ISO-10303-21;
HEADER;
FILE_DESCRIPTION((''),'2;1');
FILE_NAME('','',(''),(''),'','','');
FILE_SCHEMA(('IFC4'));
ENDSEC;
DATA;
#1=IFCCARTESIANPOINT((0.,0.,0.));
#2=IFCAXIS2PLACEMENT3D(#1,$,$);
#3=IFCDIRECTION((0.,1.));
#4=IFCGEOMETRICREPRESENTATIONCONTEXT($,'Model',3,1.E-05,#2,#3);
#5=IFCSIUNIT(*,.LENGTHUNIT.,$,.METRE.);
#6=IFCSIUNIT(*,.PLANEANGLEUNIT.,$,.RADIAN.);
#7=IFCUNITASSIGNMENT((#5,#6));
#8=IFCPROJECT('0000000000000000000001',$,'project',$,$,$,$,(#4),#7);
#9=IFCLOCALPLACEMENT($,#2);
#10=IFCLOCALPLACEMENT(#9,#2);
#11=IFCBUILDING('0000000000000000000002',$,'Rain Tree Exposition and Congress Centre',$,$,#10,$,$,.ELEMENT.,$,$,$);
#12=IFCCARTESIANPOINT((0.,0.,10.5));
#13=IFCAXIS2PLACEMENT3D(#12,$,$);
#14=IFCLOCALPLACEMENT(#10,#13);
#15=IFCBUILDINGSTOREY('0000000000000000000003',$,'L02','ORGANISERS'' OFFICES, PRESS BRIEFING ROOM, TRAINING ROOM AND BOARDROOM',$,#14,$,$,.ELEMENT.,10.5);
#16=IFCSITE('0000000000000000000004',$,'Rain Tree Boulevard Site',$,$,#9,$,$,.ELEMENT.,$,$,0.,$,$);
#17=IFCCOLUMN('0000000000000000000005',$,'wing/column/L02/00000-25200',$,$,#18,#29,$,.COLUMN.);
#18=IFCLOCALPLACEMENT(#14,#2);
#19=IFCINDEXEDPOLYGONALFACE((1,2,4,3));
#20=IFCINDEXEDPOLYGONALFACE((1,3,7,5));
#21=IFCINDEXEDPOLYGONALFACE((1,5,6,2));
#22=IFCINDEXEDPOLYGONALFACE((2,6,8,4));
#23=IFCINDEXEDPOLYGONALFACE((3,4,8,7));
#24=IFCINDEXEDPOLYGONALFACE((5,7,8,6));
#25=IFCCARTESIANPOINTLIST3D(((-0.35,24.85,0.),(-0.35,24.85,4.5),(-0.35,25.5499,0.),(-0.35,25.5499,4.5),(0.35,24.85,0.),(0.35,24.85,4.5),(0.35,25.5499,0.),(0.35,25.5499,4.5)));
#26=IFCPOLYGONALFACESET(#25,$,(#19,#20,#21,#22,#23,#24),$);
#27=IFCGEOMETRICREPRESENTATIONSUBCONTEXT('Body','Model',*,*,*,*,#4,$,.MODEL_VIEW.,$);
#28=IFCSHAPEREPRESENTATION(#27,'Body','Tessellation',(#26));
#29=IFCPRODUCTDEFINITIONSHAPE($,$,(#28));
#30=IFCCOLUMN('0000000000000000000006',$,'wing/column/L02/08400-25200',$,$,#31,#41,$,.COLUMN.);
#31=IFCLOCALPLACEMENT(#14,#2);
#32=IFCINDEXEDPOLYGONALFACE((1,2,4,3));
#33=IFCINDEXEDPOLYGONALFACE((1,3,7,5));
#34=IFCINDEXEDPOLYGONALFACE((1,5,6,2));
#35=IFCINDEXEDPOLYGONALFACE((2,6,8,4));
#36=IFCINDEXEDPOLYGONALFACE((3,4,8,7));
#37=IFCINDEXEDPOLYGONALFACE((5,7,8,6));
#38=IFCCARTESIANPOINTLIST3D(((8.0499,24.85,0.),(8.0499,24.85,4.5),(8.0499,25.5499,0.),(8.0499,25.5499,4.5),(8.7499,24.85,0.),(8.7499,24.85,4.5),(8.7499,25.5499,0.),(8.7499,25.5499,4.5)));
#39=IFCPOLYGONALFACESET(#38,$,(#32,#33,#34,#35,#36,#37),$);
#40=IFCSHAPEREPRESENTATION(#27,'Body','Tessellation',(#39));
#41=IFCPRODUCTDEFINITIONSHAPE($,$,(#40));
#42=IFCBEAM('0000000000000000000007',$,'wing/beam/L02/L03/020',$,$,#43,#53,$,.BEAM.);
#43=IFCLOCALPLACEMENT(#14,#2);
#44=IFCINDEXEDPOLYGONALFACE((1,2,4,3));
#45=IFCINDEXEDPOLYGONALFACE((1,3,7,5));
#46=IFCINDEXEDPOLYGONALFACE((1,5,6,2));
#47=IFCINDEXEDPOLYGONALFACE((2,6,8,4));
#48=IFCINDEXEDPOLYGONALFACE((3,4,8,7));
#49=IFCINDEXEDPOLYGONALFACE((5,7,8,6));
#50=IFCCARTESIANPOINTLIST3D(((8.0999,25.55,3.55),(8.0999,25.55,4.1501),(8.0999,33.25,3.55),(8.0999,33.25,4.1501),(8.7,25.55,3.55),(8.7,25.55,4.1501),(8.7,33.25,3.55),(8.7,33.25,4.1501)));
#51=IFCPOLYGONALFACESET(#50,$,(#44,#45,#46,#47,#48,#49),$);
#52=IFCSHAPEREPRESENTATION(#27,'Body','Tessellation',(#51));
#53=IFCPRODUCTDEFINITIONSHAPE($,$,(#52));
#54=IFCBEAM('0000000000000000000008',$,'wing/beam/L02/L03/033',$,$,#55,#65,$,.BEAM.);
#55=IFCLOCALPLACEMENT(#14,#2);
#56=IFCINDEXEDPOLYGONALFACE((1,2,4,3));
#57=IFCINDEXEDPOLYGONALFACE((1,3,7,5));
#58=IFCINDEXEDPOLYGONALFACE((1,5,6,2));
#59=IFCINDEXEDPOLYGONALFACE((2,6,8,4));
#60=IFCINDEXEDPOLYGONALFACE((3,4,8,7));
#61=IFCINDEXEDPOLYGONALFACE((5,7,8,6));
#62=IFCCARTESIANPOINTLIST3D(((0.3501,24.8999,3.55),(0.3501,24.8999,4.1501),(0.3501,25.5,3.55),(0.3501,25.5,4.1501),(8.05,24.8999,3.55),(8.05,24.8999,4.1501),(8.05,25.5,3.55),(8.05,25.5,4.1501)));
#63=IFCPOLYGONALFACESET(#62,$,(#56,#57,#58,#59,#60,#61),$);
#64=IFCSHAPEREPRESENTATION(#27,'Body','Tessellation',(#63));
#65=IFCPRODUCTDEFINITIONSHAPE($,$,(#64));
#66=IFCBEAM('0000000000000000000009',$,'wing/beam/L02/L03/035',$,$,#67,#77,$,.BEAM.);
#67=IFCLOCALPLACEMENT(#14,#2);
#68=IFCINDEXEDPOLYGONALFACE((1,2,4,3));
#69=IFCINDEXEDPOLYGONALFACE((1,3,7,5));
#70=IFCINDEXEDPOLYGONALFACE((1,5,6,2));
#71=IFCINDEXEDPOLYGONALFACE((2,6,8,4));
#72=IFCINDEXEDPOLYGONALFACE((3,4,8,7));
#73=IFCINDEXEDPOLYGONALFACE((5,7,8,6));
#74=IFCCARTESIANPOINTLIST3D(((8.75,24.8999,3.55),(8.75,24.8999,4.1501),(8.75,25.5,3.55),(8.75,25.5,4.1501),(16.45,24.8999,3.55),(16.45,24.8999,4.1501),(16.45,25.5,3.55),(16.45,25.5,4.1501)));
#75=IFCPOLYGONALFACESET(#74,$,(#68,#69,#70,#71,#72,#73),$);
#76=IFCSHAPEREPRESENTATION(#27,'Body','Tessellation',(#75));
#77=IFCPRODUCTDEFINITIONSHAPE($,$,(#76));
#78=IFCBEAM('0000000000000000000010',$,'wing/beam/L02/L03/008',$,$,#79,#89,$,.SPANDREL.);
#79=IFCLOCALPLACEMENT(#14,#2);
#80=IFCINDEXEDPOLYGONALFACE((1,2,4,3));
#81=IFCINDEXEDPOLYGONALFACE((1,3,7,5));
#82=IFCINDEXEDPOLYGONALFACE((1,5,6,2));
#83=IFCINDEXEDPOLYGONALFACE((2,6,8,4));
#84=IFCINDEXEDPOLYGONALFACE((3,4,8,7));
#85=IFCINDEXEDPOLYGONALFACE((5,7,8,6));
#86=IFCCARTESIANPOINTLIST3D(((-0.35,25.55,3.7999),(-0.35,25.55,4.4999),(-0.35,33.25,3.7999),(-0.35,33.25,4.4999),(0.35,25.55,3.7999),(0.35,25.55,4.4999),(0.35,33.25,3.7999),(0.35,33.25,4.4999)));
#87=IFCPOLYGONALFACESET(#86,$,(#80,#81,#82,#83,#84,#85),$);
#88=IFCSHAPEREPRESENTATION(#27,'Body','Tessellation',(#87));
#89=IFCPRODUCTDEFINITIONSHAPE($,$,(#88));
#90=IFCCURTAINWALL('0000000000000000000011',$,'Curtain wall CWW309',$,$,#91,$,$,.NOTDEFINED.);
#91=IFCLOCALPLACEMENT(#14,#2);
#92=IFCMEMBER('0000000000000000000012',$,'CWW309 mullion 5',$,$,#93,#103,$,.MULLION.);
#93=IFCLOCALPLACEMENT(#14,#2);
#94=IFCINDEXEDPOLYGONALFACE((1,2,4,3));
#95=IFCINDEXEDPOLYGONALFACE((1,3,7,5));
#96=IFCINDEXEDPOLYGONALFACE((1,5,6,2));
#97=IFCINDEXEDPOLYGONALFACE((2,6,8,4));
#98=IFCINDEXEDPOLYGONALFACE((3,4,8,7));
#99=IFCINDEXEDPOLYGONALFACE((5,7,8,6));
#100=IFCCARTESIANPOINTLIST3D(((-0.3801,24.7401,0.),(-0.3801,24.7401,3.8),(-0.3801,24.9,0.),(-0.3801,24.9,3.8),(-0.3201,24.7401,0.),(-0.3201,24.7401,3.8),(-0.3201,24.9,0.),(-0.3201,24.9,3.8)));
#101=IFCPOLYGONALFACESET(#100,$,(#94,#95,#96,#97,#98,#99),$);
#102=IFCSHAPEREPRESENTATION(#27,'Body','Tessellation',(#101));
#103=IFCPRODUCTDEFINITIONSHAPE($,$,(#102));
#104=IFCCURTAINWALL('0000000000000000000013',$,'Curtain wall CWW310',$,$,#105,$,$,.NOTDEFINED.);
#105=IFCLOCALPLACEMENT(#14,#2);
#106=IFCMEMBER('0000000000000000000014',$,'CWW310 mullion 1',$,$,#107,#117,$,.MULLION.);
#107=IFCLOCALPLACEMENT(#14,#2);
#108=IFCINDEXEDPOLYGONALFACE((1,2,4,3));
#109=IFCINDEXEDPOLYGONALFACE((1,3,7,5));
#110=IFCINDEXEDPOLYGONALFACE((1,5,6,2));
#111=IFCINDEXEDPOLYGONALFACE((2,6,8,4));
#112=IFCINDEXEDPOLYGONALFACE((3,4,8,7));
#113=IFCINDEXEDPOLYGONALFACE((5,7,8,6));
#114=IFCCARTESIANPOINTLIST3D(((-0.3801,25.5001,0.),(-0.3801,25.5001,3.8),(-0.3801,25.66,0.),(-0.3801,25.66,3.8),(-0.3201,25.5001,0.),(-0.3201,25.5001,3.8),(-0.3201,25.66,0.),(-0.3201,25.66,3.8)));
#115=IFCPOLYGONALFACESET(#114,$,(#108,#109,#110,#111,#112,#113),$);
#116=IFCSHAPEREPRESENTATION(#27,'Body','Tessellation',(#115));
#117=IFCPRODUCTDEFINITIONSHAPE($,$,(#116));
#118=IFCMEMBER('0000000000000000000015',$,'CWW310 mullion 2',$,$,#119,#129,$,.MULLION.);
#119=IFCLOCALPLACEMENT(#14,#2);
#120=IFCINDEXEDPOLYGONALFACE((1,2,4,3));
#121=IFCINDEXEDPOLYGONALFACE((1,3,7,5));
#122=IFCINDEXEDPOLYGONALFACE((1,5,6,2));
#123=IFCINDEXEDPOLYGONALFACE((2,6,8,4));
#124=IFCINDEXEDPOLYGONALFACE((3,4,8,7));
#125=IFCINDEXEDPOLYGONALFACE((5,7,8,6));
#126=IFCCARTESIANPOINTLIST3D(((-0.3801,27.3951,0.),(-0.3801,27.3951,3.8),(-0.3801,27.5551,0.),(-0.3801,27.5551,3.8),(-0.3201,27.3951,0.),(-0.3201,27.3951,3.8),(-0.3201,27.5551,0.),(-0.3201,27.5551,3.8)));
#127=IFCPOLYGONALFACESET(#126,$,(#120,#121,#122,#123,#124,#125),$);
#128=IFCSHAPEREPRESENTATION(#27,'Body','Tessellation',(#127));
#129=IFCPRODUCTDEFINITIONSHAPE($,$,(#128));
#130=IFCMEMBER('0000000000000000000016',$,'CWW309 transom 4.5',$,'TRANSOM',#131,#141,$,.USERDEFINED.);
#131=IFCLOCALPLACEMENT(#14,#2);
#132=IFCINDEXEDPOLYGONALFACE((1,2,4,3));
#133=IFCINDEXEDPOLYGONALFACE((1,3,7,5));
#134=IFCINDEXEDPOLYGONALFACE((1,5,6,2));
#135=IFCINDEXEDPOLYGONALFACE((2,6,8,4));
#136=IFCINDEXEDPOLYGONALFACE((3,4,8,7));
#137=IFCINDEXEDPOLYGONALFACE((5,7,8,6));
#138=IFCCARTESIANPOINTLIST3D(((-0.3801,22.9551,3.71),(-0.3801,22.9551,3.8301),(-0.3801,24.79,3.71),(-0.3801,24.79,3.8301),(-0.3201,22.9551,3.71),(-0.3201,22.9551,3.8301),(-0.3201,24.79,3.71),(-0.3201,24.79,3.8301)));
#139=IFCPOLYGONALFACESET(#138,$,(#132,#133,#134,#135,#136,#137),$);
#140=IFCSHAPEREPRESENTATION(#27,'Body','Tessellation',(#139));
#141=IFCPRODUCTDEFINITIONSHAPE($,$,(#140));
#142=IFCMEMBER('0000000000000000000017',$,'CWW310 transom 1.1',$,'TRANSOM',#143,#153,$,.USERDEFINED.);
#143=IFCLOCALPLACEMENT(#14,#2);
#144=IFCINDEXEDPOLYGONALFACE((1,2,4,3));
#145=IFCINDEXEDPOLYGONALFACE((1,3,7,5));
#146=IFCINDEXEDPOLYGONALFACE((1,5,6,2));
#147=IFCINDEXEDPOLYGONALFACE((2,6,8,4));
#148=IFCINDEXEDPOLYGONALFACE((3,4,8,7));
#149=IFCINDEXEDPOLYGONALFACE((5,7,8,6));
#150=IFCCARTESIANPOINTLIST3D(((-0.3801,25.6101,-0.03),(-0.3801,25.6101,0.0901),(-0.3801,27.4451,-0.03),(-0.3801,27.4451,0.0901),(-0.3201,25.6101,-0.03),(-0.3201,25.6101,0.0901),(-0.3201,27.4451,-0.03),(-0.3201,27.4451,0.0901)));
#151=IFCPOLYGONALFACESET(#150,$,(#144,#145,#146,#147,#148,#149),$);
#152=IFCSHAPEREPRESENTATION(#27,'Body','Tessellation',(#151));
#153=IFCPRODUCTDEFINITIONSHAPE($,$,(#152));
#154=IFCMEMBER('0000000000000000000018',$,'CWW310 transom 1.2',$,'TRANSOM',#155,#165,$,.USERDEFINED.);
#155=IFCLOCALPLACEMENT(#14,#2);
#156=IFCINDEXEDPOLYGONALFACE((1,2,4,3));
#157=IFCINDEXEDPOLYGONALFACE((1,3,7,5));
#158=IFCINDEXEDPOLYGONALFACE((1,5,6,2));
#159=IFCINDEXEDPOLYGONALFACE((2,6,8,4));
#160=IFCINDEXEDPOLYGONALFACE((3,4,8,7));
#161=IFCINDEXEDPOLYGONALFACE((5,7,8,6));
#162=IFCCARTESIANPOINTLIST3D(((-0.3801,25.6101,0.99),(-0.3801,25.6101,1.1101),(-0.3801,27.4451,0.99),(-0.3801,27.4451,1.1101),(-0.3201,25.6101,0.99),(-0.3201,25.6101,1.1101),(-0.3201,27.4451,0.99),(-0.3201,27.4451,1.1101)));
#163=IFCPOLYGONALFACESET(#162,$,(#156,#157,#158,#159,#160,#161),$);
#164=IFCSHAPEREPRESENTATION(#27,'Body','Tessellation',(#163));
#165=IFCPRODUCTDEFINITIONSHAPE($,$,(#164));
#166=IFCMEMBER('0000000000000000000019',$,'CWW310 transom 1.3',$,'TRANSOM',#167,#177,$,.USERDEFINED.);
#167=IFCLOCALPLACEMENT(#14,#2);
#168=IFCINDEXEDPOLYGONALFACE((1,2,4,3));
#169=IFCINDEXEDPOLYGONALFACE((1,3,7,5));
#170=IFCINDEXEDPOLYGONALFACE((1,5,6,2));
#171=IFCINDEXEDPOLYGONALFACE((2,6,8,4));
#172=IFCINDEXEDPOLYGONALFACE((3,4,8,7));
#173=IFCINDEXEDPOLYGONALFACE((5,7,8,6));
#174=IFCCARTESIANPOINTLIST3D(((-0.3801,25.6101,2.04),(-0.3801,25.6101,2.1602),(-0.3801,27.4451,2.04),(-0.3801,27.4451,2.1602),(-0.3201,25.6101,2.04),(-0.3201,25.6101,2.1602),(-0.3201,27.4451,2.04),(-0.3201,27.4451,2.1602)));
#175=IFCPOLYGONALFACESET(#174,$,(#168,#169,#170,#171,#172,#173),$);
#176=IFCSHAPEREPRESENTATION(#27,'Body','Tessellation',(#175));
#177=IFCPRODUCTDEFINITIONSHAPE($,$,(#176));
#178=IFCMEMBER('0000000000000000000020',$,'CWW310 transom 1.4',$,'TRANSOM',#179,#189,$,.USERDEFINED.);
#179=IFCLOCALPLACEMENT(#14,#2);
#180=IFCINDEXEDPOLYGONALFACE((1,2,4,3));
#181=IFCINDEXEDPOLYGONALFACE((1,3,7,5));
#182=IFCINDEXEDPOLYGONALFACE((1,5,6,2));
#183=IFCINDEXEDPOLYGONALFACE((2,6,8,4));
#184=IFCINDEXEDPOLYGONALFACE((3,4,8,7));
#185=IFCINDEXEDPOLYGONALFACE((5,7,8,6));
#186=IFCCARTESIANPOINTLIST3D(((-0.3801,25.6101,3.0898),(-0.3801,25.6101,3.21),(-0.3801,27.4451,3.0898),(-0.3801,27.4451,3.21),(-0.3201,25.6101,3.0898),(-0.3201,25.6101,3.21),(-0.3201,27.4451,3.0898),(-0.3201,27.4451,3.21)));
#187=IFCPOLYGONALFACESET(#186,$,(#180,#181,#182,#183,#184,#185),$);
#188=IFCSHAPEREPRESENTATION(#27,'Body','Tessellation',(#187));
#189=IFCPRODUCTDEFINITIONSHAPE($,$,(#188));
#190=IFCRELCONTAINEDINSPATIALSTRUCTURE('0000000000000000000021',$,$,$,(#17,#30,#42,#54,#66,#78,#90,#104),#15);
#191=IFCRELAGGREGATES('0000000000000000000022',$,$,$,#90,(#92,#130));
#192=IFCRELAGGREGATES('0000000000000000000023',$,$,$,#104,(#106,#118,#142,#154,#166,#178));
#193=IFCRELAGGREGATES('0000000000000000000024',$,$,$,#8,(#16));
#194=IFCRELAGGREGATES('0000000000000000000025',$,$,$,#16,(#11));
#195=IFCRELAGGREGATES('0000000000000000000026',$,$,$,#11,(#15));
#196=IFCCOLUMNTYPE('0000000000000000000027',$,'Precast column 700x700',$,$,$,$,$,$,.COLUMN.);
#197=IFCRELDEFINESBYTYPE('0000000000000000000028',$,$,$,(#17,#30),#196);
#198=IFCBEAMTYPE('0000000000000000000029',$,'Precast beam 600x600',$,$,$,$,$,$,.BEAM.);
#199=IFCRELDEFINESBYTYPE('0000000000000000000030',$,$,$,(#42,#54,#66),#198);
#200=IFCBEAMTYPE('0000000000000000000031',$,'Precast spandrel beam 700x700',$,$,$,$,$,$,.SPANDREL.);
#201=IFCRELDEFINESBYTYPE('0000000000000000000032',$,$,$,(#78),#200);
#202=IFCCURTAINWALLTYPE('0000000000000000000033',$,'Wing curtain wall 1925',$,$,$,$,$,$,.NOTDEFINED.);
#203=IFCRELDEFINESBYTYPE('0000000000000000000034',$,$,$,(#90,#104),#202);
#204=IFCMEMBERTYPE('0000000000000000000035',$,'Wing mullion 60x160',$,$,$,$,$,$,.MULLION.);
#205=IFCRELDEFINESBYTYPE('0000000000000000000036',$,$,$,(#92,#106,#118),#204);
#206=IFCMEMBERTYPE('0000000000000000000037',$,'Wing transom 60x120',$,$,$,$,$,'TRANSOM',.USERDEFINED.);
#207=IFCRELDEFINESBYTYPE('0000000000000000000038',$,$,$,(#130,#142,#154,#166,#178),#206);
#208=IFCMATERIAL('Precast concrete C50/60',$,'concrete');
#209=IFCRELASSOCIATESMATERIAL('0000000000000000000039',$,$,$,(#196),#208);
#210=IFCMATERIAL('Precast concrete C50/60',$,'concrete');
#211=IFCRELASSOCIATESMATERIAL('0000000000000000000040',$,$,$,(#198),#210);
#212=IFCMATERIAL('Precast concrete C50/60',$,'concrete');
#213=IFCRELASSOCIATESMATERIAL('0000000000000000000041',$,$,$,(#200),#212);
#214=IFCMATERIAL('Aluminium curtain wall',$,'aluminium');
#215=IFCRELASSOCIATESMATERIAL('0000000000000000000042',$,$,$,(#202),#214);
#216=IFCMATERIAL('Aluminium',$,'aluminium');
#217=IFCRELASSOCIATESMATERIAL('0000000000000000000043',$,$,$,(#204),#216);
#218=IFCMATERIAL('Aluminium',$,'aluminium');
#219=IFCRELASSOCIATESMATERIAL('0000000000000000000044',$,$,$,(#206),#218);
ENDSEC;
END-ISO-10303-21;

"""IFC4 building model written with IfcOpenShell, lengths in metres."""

from ifc_helpers import new_model, si_unit, direction, frame, origin, origin_2d, place, context, subcontext, project, spatial, rectangle, extrude, material, material_profile, profile_set, type_object, element, aggregate, save


model = new_model("IFC4")

# Units and contexts
model_context = context("Model", 3, precision=1e-05, world=origin(), true_north=direction((0.0, 1.0)))
body_context = subcontext(model_context, "Body", "Model", "MODEL_VIEW")
ifc_project = project(units=[si_unit("LENGTHUNIT", "METRE"), si_unit("PLANEANGLEUNIT", "RADIAN")], contexts=[model_context])

# Site, building, storey
site_placement = place(None, origin())
site = spatial("IfcSite", under=ifc_project, at=site_placement, Name="Rain Tree Boulevard Site", CompositionType="ELEMENT", RefElevation=0.0)
building_placement = place(site_placement, origin())
building = spatial("IfcBuilding", under=site, at=building_placement, Name="Rain Tree Exposition and Congress Centre", CompositionType="ELEMENT")
storey_placement = place(building_placement, frame((0.0, 0.0, 10.5)))
storey = spatial("IfcBuildingStorey", under=building, at=storey_placement, Name="L02", Description="ORGANISERS' OFFICES, PRESS BRIEFING ROOM, TRAINING ROOM AND BOARDROOM", CompositionType="ELEMENT", Elevation=10.5)

# Columns
ifc_material_1 = material(Name="Precast concrete C50/60", Category="concrete")
ifc_material_profile_1 = material_profile(ifc_material_1, rectangle(XDim=0.7, YDim=0.7, at=origin_2d()), Name="RC 700x700")
ifc_profile_set_1 = profile_set([ifc_material_profile_1], Name="Precast concrete C50/60")
column_type = type_object("IfcColumnType", Name="Precast column 700x700", PredefinedType="COLUMN", material=ifc_profile_set_1)
for number, where, z_axis, x_axis, name in (
    (1, (0.0, 25.2, 0.0), (0.0, 0.0, 1.0), (1.0, 0.0, 0.0), "wing/column/L02/00000-25200"),
    (2, (8.3999, 25.2, 0.0), (0.0, 0.0, 1.0), (1.0, 0.0, 0.0), "wing/column/L02/08400-25200"),
):
    element("IfcColumn", number, at=place(storey_placement, frame(where, z_axis=z_axis, x_axis=x_axis)), inside=storey, type_object=column_type, Name=name, PredefinedType="COLUMN", context=body_context, shape_type="SweptSolid", body=[
        extrude(rectangle(XDim=0.7, YDim=0.7, at=origin_2d()), origin(), (0.0, 0.0, 1.0), 4.5),
    ])

# Beams
ifc_material_2 = material(Name="Precast concrete C50/60", Category="concrete")
ifc_material_profile_2 = material_profile(ifc_material_2, rectangle(XDim=0.6001, YDim=0.6001, at=origin_2d()), Name="RC 600x600")
ifc_profile_set_2 = profile_set([ifc_material_profile_2], Name="Precast concrete C50/60")
beam_type_1 = type_object("IfcBeamType", Name="Precast beam 600x600", PredefinedType="BEAM", material=ifc_profile_set_2)
for number, where, z_axis, x_axis, name in (
    (3, (8.3999, 25.55, 3.8501), (0.0, 1.0, 0.0), (-1.0, 0.0, 0.0), "wing/beam/L02/L03/020"),
    (4, (0.3501, 25.2, 3.8501), (1.0, 0.0, 0.0), (0.0, 1.0, 0.0), "wing/beam/L02/L03/033"),
    (5, (8.75, 25.2, 3.8501), (1.0, 0.0, 0.0), (0.0, 1.0, 0.0), "wing/beam/L02/L03/035"),
):
    element("IfcBeam", number, at=place(storey_placement, frame(where, z_axis=z_axis, x_axis=x_axis)), inside=storey, type_object=beam_type_1, Name=name, PredefinedType="BEAM", context=body_context, shape_type="SweptSolid", body=[
        extrude(rectangle(XDim=0.6001, YDim=0.6001, at=origin_2d()), origin(), (0.0, 0.0, 1.0), 7.7),
    ])
ifc_material_3 = material(Name="Precast concrete C50/60", Category="concrete")
ifc_material_profile_3 = material_profile(ifc_material_3, rectangle(XDim=0.7, YDim=0.7, at=origin_2d()), Name="RC 700x700")
ifc_profile_set_3 = profile_set([ifc_material_profile_3], Name="Precast concrete C50/60")
beam_type_2 = type_object("IfcBeamType", Name="Precast spandrel beam 700x700", PredefinedType="SPANDREL", material=ifc_profile_set_3)
beam_placement = place(storey_placement, frame((0.0, 25.55, 4.1499), z_axis=(0.0, 1.0, 0.0), x_axis=(-1.0, 0.0, 0.0)))
element("IfcBeam", 6, at=beam_placement, inside=storey, type_object=beam_type_2, Name="wing/beam/L02/L03/008", PredefinedType="SPANDREL", context=body_context, shape_type="SweptSolid", body=[
    extrude(rectangle(XDim=0.7, YDim=0.7, at=origin_2d()), origin(), (0.0, 0.0, 1.0), 7.7),
])

# Curtain wall, member
ifc_material_4 = material(Name="Aluminium curtain wall", Category="aluminium")
curtain_wall_type = type_object("IfcCurtainWallType", Name="Wing curtain wall 1925", PredefinedType="NOTDEFINED", material=ifc_material_4)
curtain_wall_1_placement = place(storey_placement, origin())
curtain_wall_1 = element("IfcCurtainWall", 7, at=curtain_wall_1_placement, inside=storey, type_object=curtain_wall_type, Name="Curtain wall CWW309", PredefinedType="NOTDEFINED")
ifc_material_5 = material(Name="Aluminium", Category="aluminium")
ifc_material_profile_4 = material_profile(ifc_material_5, rectangle(XDim=0.0601, YDim=0.1599, at=origin_2d()), Name="Aluminium 60x160")
ifc_profile_set_4 = profile_set([ifc_material_profile_4], Name="Aluminium")
member_type_1 = type_object("IfcMemberType", Name="Wing mullion 60x160", PredefinedType="MULLION", material=ifc_profile_set_4)
member_1_placement = place(storey_placement, frame((-0.3501, 24.8201, 0.0), z_axis=(0.0, 0.0, 1.0), x_axis=(-1.0, 0.0, 0.0)))
member_1 = element("IfcMember", 8, at=member_1_placement, type_object=member_type_1, Name="CWW309 mullion 5", PredefinedType="MULLION", context=body_context, shape_type="SweptSolid", body=[
    extrude(rectangle(XDim=0.0601, YDim=0.1599, at=origin_2d()), origin(), (0.0, 0.0, 1.0), 3.8),
])

# Curtain wall, members
curtain_wall_2_placement = place(storey_placement, origin())
curtain_wall_2 = element("IfcCurtainWall", 9, at=curtain_wall_2_placement, inside=storey, type_object=curtain_wall_type, Name="Curtain wall CWW310", PredefinedType="NOTDEFINED")
member_2_placement = place(storey_placement, frame((-0.3501, 25.5801, 0.0), z_axis=(0.0, 0.0, 1.0), x_axis=(-1.0, 0.0, 0.0)))
member_2 = element("IfcMember", 10, at=member_2_placement, type_object=member_type_1, Name="CWW310 mullion 1", PredefinedType="MULLION", context=body_context, shape_type="SweptSolid", body=[
    extrude(rectangle(XDim=0.0601, YDim=0.1599, at=origin_2d()), origin(), (0.0, 0.0, 1.0), 3.8),
])
member_3_placement = place(storey_placement, frame((-0.3501, 27.4751, 0.0), z_axis=(0.0, 0.0, 1.0), x_axis=(-1.0, 0.0, 0.0)))
member_3 = element("IfcMember", 11, at=member_3_placement, type_object=member_type_1, Name="CWW310 mullion 2", PredefinedType="MULLION", context=body_context, shape_type="SweptSolid", body=[
    extrude(rectangle(XDim=0.0601, YDim=0.1599, at=origin_2d()), origin(), (0.0, 0.0, 1.0), 3.8),
])

# Members
ifc_material_6 = material(Name="Aluminium", Category="aluminium")
ifc_material_profile_5 = material_profile(ifc_material_6, rectangle(XDim=0.0601, YDim=0.1201, at=origin_2d()), Name="Aluminium 60x120")
ifc_profile_set_5 = profile_set([ifc_material_profile_5], Name="Aluminium")
member_type_2 = type_object("IfcMemberType", Name="Wing transom 60x120", ElementType="TRANSOM", PredefinedType="USERDEFINED", material=ifc_profile_set_5)
member_4_placement = place(storey_placement, frame((-0.3501, 22.9551, 3.77), z_axis=(0.0, 1.0, 0.0), x_axis=(-1.0, 0.0, 0.0)))
member_4 = element("IfcMember", 12, at=member_4_placement, type_object=member_type_2, Name="CWW309 transom 4.5", ObjectType="TRANSOM", PredefinedType="USERDEFINED", context=body_context, shape_type="SweptSolid", body=[
    extrude(rectangle(XDim=0.0601, YDim=0.1201, at=origin_2d()), origin(), (0.0, 0.0, 1.0), 1.835),
])
member_5_placement = place(storey_placement, frame((-0.3501, 25.6101, 0.03), z_axis=(0.0, 1.0, 0.0), x_axis=(-1.0, 0.0, 0.0)))
member_5 = element("IfcMember", 13, at=member_5_placement, type_object=member_type_2, Name="CWW310 transom 1.1", ObjectType="TRANSOM", PredefinedType="USERDEFINED", context=body_context, shape_type="SweptSolid", body=[
    extrude(rectangle(XDim=0.0601, YDim=0.1201, at=origin_2d()), origin(), (0.0, 0.0, 1.0), 1.835),
])
member_6_placement = place(storey_placement, frame((-0.3501, 25.6101, 1.05), z_axis=(0.0, 1.0, 0.0), x_axis=(-1.0, 0.0, 0.0)))
member_6 = element("IfcMember", 14, at=member_6_placement, type_object=member_type_2, Name="CWW310 transom 1.2", ObjectType="TRANSOM", PredefinedType="USERDEFINED", context=body_context, shape_type="SweptSolid", body=[
    extrude(rectangle(XDim=0.0601, YDim=0.1201, at=origin_2d()), origin(), (0.0, 0.0, 1.0), 1.835),
])
member_7_placement = place(storey_placement, frame((-0.3501, 25.6101, 2.1001), z_axis=(0.0, 1.0, 0.0), x_axis=(-1.0, 0.0, 0.0)))
member_7 = element("IfcMember", 15, at=member_7_placement, type_object=member_type_2, Name="CWW310 transom 1.3", ObjectType="TRANSOM", PredefinedType="USERDEFINED", context=body_context, shape_type="SweptSolid", body=[
    extrude(rectangle(XDim=0.0601, YDim=0.1201, at=origin_2d()), origin(), (0.0, 0.0, 1.0), 1.835),
])
member_8_placement = place(storey_placement, frame((-0.3501, 25.6101, 3.1499), z_axis=(0.0, 1.0, 0.0), x_axis=(-1.0, 0.0, 0.0)))
member_8 = element("IfcMember", 16, at=member_8_placement, type_object=member_type_2, Name="CWW310 transom 1.4", ObjectType="TRANSOM", PredefinedType="USERDEFINED", context=body_context, shape_type="SweptSolid", body=[
    extrude(rectangle(XDim=0.0601, YDim=0.1201, at=origin_2d()), origin(), (0.0, 0.0, 1.0), 1.835),
])

aggregate(curtain_wall_1, [member_1, member_4])
aggregate(curtain_wall_2, [member_2, member_3, member_5, member_6, member_7, member_8])

save(model, "model.ifc")
